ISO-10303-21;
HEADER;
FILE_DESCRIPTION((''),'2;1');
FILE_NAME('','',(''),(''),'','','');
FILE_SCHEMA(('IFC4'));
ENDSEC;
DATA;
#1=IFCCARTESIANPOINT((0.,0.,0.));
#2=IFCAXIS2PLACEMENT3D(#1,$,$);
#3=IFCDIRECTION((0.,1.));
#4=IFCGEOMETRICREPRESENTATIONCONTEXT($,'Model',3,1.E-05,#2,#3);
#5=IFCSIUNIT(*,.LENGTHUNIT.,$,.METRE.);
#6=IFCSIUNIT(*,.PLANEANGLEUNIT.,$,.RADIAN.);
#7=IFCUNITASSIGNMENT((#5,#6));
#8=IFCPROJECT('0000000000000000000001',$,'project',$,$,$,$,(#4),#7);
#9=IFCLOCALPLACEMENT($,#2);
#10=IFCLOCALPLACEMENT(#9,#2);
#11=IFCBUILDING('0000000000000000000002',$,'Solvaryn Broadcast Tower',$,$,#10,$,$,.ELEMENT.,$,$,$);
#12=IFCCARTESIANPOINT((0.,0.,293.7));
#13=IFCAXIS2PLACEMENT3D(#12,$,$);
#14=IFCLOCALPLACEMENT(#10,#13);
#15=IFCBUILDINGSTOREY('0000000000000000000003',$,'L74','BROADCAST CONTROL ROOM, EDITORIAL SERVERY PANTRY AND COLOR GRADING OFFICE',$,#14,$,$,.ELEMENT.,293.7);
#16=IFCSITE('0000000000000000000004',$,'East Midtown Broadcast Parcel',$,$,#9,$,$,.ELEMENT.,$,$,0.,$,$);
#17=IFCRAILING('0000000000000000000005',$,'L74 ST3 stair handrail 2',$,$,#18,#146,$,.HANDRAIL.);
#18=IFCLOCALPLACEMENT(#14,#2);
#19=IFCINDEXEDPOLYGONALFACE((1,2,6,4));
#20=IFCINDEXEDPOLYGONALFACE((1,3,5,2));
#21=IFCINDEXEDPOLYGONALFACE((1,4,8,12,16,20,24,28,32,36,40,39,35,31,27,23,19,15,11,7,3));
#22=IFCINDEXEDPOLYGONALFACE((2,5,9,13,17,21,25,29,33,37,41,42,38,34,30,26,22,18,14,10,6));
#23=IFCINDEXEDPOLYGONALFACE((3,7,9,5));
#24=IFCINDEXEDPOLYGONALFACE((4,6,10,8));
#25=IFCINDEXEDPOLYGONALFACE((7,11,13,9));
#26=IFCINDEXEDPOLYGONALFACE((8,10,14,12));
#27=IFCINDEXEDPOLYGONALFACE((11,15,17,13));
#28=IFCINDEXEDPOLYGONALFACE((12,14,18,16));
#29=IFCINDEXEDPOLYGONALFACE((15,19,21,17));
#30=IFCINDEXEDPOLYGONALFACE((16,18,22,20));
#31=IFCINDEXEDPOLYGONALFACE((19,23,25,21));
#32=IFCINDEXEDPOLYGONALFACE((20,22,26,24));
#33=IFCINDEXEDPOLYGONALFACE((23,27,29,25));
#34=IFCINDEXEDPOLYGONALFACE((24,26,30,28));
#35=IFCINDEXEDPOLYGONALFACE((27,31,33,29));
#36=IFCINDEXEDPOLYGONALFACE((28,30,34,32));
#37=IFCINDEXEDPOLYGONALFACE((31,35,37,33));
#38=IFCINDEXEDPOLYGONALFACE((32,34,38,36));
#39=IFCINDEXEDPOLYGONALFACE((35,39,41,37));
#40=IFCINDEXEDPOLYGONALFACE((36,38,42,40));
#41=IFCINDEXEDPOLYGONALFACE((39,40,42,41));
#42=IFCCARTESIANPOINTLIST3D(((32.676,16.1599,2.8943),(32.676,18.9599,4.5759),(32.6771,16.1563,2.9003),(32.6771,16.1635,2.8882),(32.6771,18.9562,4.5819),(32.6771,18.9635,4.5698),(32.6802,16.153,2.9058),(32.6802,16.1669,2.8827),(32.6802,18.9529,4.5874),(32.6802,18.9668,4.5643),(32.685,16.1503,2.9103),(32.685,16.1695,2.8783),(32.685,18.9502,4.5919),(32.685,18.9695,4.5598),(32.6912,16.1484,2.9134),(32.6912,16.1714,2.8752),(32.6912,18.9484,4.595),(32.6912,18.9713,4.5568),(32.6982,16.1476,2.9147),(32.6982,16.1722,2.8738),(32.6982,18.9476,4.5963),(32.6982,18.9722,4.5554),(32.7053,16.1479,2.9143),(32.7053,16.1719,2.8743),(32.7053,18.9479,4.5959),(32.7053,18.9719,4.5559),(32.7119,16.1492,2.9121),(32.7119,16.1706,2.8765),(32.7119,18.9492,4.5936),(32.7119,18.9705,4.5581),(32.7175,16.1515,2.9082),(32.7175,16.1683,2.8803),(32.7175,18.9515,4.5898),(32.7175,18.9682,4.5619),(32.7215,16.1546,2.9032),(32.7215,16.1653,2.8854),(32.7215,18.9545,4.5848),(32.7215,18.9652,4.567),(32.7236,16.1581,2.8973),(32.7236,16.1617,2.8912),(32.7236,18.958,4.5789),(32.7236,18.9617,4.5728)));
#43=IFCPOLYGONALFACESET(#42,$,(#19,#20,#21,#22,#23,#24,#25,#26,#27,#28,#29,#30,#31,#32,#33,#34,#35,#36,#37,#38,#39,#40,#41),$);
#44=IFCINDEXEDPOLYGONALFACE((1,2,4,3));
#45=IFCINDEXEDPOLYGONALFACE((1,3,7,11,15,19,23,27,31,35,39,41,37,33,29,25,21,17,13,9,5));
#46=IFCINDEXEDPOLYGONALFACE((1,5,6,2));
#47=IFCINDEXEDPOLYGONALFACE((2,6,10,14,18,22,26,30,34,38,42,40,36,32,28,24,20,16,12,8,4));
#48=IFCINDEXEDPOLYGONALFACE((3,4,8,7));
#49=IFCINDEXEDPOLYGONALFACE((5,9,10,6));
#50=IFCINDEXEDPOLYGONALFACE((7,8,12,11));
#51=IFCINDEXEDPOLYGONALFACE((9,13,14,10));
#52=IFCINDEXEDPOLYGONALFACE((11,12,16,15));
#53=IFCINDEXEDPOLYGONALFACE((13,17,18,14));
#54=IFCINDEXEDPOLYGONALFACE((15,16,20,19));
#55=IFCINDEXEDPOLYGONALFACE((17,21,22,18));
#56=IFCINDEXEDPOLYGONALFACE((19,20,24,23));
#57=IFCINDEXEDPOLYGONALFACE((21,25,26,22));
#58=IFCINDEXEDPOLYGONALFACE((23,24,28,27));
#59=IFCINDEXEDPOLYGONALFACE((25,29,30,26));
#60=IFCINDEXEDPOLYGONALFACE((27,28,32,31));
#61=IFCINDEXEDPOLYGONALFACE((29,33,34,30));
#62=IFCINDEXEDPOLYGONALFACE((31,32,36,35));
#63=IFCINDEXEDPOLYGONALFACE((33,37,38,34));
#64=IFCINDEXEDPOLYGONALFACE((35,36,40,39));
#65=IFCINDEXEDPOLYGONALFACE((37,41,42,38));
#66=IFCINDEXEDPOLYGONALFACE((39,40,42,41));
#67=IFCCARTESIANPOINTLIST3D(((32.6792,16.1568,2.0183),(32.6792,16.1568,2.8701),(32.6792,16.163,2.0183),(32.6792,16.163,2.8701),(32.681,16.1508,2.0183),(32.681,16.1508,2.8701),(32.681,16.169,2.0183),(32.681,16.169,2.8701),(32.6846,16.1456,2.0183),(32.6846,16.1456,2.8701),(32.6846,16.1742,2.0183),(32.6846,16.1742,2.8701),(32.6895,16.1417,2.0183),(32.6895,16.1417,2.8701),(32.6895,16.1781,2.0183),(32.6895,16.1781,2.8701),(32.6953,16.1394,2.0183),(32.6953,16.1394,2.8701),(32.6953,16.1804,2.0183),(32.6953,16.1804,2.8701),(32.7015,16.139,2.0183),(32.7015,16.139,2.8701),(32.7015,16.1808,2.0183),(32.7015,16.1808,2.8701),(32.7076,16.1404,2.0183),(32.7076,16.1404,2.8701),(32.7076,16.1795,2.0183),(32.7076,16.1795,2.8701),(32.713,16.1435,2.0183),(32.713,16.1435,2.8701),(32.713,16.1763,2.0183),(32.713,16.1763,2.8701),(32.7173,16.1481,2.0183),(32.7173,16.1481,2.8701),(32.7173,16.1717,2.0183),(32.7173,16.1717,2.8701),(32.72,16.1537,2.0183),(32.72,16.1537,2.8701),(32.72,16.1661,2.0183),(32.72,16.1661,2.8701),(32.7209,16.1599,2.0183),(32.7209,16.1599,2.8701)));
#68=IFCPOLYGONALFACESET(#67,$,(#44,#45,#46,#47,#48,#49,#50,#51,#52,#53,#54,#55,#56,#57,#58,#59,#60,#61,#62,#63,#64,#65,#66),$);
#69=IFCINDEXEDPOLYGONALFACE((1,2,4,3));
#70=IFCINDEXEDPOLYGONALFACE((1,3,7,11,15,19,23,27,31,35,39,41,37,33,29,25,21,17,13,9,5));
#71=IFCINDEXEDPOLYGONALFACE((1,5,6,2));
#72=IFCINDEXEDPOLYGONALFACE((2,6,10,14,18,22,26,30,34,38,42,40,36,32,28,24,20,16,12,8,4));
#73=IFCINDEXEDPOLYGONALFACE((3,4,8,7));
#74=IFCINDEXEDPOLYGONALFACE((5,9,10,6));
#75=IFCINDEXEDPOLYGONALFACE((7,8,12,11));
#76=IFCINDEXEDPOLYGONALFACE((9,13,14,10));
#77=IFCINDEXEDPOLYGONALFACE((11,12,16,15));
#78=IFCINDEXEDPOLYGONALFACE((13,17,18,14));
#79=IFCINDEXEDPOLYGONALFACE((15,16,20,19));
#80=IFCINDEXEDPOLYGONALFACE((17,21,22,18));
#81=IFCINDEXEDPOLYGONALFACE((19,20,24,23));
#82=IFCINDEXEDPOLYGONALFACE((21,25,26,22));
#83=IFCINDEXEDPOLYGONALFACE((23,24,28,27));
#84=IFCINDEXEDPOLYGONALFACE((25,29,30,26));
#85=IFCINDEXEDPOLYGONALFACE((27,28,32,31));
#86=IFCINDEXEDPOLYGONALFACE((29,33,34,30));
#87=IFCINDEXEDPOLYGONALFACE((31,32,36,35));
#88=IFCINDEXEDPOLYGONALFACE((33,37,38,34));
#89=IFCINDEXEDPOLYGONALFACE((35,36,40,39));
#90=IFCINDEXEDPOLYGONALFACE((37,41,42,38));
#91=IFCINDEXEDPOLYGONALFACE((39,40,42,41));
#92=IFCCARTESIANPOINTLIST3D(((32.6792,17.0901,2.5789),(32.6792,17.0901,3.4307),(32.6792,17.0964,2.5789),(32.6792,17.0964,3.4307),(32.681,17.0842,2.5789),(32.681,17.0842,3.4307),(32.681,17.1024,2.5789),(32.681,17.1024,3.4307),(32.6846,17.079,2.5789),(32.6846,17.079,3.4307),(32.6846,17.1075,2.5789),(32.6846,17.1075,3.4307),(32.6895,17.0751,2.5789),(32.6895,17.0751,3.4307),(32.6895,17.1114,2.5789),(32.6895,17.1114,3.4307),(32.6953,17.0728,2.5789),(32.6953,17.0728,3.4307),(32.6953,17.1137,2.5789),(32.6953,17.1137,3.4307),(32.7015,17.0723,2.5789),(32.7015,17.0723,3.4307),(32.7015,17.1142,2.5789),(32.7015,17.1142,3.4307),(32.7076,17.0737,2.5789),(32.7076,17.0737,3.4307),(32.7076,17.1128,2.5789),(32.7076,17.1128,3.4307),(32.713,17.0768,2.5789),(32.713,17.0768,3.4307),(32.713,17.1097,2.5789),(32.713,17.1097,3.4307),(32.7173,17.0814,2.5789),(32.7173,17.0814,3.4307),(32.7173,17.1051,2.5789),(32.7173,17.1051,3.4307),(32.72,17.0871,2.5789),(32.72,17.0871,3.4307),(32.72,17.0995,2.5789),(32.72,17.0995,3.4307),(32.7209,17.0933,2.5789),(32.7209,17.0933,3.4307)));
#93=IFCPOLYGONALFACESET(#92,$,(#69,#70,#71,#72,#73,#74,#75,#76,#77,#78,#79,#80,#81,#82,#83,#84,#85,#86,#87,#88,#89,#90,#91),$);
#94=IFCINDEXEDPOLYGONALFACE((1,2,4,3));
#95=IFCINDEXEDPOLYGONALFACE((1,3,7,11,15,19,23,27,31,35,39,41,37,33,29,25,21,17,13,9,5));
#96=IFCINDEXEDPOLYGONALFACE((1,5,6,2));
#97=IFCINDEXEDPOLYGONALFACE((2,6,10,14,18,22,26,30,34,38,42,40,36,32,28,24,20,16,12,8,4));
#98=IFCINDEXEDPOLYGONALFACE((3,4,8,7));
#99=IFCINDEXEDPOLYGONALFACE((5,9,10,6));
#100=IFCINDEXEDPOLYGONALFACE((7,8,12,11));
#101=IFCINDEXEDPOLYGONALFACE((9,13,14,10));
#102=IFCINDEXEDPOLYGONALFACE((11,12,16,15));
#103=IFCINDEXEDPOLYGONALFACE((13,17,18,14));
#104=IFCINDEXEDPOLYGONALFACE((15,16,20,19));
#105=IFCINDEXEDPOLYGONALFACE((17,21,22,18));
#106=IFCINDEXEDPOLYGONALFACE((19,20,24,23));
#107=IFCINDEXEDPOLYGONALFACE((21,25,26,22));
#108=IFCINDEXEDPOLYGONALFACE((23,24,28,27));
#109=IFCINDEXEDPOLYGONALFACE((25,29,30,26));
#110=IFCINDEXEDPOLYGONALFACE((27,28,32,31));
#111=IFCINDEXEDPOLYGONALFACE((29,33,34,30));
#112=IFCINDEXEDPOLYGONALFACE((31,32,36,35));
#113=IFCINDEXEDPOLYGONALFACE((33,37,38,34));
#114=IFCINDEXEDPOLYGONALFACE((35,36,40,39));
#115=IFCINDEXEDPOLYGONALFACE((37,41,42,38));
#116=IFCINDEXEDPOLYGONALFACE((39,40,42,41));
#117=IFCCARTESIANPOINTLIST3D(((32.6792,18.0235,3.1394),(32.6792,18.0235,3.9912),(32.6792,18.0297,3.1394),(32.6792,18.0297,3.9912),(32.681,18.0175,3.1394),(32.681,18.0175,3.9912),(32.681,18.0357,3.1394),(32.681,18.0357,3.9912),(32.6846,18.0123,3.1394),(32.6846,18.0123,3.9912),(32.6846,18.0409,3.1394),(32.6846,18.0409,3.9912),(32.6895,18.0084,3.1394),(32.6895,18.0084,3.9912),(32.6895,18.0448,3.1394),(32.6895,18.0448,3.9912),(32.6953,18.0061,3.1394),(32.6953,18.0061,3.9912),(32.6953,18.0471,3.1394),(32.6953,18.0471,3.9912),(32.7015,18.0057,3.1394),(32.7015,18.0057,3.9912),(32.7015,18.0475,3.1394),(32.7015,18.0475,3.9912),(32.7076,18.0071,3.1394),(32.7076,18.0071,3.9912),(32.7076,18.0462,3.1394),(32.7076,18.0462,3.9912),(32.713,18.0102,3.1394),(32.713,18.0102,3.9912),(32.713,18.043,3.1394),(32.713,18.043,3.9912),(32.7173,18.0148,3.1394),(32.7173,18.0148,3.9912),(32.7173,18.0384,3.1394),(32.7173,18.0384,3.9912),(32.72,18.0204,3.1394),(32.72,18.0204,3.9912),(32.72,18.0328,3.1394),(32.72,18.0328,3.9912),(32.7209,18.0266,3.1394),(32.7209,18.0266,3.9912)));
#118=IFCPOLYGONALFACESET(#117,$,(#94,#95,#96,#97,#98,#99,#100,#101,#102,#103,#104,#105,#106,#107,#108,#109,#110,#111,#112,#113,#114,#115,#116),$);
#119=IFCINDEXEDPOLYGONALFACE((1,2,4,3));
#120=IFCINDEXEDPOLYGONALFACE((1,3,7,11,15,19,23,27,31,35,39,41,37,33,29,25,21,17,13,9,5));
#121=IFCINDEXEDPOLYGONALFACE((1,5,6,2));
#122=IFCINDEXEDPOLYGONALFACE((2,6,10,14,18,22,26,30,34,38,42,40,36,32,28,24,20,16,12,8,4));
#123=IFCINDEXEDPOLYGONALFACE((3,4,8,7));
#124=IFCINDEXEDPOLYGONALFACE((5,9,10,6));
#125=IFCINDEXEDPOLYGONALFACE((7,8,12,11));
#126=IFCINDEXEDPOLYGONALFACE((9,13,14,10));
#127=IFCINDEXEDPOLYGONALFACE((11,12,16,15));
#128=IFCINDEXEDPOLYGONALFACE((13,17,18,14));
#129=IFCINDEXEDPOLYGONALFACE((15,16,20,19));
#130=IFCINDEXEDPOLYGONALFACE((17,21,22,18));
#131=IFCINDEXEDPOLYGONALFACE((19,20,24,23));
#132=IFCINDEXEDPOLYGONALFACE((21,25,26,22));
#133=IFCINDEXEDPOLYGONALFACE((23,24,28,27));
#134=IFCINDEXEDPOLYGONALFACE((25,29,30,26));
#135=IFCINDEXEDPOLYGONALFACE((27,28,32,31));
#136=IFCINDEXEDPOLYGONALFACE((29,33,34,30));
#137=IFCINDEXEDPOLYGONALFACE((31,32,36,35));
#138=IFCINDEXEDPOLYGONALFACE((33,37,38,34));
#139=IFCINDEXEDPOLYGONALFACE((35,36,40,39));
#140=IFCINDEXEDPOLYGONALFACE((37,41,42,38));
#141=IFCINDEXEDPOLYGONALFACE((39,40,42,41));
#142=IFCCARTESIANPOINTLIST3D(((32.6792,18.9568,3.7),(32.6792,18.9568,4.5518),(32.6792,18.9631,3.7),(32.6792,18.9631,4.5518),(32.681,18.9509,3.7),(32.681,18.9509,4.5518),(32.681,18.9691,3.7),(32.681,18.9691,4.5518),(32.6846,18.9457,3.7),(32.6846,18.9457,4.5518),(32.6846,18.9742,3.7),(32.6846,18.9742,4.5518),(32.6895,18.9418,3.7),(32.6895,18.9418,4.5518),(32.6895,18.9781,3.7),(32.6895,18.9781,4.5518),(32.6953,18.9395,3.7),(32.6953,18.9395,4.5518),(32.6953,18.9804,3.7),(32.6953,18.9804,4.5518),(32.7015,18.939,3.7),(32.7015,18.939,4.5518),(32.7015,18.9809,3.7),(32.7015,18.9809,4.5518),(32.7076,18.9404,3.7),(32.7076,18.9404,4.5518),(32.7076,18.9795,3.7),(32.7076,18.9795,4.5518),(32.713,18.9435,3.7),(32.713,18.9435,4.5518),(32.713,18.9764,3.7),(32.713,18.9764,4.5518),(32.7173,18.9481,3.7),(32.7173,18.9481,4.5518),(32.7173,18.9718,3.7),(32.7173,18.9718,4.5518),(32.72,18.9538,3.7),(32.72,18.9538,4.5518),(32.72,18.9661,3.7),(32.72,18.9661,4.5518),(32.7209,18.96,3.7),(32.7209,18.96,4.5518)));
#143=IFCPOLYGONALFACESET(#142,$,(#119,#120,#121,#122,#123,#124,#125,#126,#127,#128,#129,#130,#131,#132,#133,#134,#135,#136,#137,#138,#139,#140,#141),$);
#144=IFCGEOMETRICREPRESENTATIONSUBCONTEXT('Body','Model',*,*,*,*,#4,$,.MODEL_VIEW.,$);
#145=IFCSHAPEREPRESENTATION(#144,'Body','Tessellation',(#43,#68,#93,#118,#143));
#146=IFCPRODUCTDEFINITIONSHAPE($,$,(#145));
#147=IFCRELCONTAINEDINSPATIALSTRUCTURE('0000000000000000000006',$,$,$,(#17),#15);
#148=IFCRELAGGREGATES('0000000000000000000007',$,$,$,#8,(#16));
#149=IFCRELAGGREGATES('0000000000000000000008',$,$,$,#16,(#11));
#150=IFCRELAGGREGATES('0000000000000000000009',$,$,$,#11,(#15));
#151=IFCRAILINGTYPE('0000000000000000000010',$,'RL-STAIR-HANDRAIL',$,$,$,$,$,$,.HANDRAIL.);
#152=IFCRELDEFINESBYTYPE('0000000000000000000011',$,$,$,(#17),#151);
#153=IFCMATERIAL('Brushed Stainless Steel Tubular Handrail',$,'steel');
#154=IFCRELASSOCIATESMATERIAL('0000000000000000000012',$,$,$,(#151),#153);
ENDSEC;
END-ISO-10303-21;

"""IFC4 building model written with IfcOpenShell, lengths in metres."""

from ifc_helpers import new_model, si_unit, direction, frame, origin, origin_2d, place, context, subcontext, project, spatial, circle, extrude, material, type_object, element, save


model = new_model("IFC4")

# Units and contexts
model_context = context("Model", 3, precision=1e-05, world=origin(), true_north=direction((0.0, 1.0)))
body_context = subcontext(model_context, "Body", "Model", "MODEL_VIEW")
ifc_project = project(units=[si_unit("LENGTHUNIT", "METRE"), si_unit("PLANEANGLEUNIT", "RADIAN")], contexts=[model_context])

# Site, building, storey
site_placement = place(None, origin())
site = spatial("IfcSite", under=ifc_project, at=site_placement, Name="East Midtown Broadcast Parcel", CompositionType="ELEMENT", RefElevation=0.0)
building_placement = place(site_placement, origin())
building = spatial("IfcBuilding", under=site, at=building_placement, Name="Solvaryn Broadcast Tower", CompositionType="ELEMENT")
storey_placement = place(building_placement, frame((0.0, 0.0, 293.7)))
storey = spatial("IfcBuildingStorey", under=building, at=storey_placement, Name="L74", Description="BROADCAST CONTROL ROOM, EDITORIAL SERVERY PANTRY AND COLOR GRADING OFFICE", CompositionType="ELEMENT", Elevation=293.7)

# Railing
ifc_material_1 = material(Name="Brushed Stainless Steel Tubular Handrail", Category="steel")
railing_type_1 = type_object("IfcRailingType", Name="RL-STAIR-HANDRAIL", PredefinedType="HANDRAIL", material=ifc_material_1)
railing_1_placement = place(storey_placement, frame((32.7, 16.1599, 2.0183)))
element("IfcRailing", 1, at=railing_1_placement, inside=storey, type_object=railing_type_1, Name="L74 ST3 stair handrail 2", PredefinedType="HANDRAIL", context=body_context, shape_type="SweptSolid", body=[
    extrude(circle(Radius=0.0239, at=origin_2d()), frame((0.0, 0.0, 0.876), z_axis=(0.0, 0.857275, 0.514858), x_axis=(-1.0, 0.0, 0.0)), (0.0, 0.0, 1.0), 3.2661),
    extrude(circle(Radius=0.021, at=origin_2d()), origin(), (0.0, 0.0, 1.0), 0.8518),
    extrude(circle(Radius=0.021, at=origin_2d()), frame((0.0, 0.9333, 0.5605)), (0.0, 0.0, 1.0), 0.8518),
    extrude(circle(Radius=0.021, at=origin_2d()), frame((0.0, 1.8667, 1.1211)), (0.0, 0.0, 1.0), 0.8518),
    extrude(circle(Radius=0.021, at=origin_2d()), frame((0.0, 2.8, 1.6816)), (0.0, 0.0, 1.0), 0.8518),
])

save(model, "model.ifc")
